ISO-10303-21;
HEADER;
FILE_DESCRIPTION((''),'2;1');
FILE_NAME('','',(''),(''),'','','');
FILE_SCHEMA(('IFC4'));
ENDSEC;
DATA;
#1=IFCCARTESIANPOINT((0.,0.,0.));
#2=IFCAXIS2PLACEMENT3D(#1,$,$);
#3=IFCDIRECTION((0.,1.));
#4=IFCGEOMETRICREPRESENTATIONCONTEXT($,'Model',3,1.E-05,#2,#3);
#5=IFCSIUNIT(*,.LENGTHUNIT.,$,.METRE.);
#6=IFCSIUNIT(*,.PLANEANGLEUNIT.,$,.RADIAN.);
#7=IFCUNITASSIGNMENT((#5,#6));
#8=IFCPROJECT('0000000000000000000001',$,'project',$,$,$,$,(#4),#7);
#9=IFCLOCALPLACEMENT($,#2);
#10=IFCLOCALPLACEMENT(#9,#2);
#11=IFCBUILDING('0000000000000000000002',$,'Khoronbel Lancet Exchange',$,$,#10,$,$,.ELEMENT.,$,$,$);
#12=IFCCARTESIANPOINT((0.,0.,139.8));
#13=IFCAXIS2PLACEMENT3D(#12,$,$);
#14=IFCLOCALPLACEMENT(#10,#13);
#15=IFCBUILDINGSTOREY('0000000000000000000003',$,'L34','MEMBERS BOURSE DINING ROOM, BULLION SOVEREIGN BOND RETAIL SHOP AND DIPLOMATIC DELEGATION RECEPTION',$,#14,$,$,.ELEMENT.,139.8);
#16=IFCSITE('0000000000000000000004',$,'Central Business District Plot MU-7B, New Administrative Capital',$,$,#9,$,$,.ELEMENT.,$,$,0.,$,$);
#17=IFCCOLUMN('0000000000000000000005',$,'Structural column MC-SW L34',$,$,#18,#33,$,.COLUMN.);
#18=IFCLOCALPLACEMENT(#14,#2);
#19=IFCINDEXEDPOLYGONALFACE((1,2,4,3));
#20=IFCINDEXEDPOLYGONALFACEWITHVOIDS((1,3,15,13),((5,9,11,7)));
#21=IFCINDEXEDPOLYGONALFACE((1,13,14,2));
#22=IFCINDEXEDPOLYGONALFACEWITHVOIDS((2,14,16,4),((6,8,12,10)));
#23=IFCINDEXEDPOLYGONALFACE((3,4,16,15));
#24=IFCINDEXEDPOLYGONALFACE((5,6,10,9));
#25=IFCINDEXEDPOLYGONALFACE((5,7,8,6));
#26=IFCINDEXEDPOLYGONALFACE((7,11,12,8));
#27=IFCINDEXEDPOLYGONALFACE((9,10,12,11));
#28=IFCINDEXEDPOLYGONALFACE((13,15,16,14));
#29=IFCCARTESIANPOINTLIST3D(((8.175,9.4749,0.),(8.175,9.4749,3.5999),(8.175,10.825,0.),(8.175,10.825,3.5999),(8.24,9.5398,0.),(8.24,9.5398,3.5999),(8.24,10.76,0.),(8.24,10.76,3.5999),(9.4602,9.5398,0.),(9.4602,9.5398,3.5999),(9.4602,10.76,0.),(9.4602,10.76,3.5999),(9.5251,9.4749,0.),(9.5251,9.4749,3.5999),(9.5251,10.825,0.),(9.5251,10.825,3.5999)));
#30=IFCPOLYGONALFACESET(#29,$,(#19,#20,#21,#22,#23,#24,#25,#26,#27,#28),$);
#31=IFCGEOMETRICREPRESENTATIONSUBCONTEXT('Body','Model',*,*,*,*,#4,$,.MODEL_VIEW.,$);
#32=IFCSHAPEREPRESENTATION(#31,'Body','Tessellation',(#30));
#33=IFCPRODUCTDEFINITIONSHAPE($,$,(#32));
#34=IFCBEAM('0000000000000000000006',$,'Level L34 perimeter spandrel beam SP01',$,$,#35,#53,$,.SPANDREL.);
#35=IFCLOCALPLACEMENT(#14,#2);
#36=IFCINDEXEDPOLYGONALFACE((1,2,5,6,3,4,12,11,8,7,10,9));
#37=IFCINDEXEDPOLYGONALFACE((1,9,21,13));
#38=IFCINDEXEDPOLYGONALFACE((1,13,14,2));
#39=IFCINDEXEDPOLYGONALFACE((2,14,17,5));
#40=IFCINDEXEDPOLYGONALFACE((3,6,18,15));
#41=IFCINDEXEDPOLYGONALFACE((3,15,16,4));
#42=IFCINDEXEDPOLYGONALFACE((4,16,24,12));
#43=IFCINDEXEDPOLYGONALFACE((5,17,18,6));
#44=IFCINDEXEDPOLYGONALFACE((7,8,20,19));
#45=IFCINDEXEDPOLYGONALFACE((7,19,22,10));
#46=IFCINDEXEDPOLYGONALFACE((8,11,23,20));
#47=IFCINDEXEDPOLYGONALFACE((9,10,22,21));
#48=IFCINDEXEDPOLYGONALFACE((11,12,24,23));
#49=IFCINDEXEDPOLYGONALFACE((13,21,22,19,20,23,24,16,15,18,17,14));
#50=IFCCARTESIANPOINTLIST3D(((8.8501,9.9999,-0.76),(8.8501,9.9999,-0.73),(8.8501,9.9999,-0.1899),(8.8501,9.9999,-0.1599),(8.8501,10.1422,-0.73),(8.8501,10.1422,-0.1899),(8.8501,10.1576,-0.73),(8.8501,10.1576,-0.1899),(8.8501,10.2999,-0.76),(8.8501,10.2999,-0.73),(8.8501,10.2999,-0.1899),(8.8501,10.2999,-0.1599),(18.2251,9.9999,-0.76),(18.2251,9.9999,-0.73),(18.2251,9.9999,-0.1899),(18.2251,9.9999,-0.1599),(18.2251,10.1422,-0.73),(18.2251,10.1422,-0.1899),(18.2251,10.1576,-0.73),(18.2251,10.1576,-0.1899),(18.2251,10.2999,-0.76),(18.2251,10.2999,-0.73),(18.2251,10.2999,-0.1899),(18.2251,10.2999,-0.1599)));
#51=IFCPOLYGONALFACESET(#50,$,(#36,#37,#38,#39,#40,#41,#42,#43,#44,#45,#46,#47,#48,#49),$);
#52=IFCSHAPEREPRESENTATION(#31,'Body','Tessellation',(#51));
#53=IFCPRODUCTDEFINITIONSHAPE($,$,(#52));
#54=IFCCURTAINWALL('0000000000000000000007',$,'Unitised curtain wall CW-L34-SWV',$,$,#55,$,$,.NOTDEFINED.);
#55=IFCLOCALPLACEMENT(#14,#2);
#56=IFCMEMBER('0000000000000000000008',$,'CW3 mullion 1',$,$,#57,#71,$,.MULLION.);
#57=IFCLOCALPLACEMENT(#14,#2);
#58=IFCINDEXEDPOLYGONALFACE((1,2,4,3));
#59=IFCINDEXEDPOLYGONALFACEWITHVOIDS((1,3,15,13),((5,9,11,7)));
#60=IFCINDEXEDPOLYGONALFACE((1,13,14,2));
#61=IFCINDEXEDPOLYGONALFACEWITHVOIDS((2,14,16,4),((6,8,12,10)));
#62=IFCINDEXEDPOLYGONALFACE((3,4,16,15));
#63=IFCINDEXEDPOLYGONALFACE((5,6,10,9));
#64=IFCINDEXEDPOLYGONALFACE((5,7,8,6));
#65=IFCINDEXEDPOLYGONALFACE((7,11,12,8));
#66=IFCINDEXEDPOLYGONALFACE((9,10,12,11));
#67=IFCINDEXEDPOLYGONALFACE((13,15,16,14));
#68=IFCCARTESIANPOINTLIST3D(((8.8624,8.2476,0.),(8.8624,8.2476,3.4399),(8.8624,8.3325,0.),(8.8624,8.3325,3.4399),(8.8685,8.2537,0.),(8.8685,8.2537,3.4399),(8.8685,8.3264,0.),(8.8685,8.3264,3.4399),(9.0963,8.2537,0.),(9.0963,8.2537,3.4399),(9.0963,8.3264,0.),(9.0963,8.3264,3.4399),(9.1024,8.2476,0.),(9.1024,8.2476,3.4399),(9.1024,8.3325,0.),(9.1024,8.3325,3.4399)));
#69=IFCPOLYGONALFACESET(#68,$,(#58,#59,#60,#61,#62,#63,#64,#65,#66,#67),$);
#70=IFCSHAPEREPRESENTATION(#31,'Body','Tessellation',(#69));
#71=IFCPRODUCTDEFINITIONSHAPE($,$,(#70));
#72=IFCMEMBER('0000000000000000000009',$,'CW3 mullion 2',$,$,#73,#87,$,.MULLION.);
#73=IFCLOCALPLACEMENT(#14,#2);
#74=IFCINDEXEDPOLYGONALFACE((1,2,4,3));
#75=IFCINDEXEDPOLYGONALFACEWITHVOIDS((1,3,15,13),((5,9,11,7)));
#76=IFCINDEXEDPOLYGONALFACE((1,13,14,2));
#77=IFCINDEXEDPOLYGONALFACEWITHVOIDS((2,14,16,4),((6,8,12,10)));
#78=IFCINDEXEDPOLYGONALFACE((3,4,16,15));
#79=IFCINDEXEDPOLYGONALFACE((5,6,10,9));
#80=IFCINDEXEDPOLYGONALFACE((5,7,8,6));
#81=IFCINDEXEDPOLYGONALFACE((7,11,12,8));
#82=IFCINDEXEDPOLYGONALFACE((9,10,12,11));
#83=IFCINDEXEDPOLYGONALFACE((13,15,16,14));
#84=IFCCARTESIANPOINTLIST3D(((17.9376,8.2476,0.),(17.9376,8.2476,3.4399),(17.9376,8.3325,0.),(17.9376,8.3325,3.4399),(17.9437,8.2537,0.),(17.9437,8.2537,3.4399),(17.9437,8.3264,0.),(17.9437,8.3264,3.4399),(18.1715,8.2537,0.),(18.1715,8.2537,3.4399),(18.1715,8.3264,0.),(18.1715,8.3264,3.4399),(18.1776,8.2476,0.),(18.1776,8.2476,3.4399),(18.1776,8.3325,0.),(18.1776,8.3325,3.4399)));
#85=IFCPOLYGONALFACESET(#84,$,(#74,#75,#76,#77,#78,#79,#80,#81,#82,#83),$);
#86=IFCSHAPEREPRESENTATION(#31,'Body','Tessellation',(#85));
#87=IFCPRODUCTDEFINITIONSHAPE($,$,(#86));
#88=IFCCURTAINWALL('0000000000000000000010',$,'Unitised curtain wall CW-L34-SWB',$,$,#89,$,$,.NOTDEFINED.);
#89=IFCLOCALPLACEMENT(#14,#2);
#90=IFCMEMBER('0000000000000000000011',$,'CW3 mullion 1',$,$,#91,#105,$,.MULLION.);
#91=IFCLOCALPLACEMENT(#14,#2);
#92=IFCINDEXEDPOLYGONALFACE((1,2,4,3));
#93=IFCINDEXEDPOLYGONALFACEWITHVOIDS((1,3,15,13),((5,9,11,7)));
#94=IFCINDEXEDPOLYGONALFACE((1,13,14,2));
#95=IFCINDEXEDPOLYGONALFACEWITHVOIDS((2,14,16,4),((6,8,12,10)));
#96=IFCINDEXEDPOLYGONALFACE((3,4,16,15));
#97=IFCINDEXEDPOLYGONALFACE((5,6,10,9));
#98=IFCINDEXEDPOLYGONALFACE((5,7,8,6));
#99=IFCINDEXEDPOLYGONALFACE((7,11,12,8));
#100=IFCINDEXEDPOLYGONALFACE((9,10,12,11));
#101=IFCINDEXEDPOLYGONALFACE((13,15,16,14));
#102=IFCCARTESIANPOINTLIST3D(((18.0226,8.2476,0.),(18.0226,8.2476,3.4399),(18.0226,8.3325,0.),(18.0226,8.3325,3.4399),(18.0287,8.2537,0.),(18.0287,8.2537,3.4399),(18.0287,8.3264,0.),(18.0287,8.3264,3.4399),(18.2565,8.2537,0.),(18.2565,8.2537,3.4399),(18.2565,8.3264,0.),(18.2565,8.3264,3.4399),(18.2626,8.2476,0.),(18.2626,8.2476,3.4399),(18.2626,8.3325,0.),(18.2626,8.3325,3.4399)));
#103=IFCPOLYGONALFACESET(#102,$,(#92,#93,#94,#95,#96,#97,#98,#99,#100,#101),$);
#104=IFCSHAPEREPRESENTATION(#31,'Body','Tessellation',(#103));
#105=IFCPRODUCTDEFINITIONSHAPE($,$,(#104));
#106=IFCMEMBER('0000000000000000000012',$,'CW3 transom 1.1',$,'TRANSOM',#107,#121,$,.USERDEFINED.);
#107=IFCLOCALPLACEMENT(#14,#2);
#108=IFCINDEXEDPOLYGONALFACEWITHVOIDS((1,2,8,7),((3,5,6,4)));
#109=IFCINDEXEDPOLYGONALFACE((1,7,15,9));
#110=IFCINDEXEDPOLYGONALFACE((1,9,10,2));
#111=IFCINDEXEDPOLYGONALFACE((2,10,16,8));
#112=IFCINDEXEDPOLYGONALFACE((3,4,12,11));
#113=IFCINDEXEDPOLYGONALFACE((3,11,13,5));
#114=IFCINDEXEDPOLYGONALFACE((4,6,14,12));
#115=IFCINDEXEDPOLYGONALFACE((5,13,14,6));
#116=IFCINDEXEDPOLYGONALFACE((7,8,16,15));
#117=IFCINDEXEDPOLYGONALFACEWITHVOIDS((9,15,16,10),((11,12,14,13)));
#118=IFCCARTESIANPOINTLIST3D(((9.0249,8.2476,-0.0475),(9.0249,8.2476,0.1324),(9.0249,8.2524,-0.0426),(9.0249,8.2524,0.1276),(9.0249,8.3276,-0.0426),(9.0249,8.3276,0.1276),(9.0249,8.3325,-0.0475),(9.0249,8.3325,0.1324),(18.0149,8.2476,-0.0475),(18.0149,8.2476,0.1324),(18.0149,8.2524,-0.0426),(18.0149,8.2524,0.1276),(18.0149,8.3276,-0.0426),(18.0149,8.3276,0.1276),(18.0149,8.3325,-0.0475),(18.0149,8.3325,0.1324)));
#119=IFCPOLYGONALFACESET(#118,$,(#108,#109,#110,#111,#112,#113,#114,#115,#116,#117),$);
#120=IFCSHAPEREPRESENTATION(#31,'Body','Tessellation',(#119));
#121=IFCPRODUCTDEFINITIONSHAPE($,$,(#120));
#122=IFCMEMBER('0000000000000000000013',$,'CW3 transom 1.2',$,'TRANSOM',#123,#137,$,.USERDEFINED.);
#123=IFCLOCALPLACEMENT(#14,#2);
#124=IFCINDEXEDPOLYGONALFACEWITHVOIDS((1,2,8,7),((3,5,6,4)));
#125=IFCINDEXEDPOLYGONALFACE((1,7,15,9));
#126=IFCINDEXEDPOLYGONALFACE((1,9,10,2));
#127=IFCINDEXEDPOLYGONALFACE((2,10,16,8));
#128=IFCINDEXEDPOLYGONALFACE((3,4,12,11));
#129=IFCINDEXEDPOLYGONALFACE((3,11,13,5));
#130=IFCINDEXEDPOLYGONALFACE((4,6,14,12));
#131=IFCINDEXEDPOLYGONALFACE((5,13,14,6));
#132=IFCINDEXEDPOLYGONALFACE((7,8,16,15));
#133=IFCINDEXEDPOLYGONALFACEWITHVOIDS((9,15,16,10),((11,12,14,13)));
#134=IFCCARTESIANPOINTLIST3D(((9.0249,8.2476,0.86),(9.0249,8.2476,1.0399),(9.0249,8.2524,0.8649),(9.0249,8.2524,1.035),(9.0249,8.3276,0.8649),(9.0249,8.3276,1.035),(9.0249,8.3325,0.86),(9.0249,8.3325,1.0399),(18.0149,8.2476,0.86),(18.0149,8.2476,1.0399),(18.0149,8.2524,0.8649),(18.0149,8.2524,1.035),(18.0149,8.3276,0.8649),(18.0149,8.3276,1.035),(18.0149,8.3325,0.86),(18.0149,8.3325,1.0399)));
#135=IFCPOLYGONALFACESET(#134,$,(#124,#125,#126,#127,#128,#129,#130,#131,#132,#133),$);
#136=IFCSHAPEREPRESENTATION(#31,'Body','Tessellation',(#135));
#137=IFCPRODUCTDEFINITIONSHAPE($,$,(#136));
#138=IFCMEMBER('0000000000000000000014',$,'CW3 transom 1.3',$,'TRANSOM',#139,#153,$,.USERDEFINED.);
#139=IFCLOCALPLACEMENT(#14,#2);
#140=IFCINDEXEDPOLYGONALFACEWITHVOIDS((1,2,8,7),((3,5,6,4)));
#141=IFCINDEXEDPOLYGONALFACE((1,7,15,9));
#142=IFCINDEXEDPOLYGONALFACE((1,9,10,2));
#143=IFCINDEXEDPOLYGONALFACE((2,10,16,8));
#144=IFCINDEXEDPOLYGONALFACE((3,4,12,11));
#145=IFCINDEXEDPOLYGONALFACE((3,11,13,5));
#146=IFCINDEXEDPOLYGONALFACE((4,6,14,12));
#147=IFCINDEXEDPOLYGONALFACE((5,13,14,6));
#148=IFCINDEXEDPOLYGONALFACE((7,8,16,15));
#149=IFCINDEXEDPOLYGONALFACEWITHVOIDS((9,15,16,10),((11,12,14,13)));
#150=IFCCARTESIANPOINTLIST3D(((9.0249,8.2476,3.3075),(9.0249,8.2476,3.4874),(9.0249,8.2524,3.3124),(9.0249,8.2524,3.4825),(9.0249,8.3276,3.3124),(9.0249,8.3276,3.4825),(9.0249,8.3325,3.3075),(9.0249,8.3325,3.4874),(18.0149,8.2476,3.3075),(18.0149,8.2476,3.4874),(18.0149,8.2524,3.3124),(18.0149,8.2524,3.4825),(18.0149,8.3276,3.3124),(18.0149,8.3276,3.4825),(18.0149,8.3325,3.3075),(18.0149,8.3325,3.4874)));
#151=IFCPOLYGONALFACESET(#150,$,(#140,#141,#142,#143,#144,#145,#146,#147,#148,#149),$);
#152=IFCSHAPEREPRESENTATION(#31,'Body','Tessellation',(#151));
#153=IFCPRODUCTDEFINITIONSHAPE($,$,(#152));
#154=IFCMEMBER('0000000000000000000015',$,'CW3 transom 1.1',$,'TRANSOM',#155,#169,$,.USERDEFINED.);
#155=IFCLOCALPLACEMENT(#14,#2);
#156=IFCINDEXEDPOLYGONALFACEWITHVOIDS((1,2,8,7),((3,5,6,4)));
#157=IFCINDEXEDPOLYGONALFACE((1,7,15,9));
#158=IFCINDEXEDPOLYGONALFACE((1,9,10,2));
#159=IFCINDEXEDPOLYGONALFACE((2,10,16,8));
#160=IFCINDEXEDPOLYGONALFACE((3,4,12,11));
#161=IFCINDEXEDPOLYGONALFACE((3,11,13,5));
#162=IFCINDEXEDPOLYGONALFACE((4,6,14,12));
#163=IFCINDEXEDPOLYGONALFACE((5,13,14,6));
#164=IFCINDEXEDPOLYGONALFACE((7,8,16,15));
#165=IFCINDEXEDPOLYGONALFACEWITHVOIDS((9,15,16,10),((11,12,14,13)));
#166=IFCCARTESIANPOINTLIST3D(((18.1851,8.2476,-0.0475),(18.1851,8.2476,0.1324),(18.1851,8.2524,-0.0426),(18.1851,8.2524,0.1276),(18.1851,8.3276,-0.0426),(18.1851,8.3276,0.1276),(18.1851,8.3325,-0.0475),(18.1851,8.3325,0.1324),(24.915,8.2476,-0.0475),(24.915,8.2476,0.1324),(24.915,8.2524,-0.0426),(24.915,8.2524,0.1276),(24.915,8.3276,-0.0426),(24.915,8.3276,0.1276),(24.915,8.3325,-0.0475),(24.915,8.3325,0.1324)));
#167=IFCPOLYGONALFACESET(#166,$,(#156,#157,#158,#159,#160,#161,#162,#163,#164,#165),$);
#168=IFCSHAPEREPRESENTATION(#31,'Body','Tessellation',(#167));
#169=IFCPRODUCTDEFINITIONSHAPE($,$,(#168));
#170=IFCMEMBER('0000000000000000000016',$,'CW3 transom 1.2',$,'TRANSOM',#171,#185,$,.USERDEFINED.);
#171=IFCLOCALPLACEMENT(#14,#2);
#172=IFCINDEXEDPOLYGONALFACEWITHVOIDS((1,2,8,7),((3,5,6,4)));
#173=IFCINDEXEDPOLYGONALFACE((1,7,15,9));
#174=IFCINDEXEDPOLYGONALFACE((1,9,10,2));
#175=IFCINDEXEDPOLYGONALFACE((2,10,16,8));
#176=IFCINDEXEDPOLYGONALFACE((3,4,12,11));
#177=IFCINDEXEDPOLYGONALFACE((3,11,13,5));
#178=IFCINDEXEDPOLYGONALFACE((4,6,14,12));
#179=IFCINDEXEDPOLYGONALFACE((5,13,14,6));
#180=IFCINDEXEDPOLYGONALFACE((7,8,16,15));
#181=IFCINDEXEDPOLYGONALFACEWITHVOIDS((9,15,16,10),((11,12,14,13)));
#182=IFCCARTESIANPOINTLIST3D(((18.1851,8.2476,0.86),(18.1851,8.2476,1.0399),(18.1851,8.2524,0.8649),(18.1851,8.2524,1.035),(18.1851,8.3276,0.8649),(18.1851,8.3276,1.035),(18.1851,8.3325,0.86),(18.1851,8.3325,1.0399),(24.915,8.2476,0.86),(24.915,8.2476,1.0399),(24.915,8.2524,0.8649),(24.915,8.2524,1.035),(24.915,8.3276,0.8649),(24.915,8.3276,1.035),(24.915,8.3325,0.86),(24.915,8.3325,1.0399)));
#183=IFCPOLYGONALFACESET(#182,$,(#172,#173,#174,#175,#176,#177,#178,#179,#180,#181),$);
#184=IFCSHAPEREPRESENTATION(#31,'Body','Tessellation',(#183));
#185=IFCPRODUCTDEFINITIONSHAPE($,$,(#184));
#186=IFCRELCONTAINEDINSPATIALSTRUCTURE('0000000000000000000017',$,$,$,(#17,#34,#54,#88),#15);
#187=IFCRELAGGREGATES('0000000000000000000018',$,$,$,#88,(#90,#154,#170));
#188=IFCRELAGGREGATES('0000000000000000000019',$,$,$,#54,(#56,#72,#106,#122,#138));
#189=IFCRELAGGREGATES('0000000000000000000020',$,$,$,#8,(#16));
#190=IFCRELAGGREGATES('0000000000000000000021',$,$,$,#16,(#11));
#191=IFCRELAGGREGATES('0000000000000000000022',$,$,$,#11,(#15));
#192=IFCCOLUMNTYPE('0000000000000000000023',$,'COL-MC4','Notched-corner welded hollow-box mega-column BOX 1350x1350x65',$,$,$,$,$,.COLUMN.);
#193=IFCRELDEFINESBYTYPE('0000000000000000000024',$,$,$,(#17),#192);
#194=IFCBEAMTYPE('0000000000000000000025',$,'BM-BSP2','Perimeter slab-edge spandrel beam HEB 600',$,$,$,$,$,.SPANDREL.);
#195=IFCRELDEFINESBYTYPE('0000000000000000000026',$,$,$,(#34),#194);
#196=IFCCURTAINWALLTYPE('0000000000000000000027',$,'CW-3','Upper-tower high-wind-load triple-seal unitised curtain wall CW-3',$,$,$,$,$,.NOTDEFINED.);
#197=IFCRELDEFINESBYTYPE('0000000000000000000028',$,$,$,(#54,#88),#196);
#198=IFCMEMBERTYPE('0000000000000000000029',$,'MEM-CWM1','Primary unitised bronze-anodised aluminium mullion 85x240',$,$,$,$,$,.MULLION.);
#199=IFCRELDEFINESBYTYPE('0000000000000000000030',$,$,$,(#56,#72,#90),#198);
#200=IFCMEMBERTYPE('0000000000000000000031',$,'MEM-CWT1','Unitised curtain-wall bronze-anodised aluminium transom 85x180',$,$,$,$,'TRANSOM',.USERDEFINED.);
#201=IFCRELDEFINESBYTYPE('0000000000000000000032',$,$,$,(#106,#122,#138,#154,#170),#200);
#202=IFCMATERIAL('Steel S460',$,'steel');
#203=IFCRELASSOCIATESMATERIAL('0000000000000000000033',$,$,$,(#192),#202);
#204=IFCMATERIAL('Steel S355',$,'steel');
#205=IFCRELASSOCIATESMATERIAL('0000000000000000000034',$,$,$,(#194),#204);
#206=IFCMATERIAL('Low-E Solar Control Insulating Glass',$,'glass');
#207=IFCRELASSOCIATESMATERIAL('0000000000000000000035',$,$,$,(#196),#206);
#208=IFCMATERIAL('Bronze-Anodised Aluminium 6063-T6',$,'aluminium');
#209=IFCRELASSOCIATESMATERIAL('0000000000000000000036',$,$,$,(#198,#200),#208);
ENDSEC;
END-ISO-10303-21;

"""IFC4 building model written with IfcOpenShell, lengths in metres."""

from ifc_helpers import new_model, si_unit, direction, frame, origin, origin_2d, place, context, subcontext, project, spatial, hollow_rectangle, i_section, extrude, material, material_profile, profile_set, type_object, element, aggregate, save


model = new_model("IFC4")

# Units and contexts
model_context = context("Model", 3, precision=1e-05, world=origin(), true_north=direction((0.0, 1.0)))
body_context = subcontext(model_context, "Body", "Model", "MODEL_VIEW")
ifc_project = project(units=[si_unit("LENGTHUNIT", "METRE"), si_unit("PLANEANGLEUNIT", "RADIAN")], contexts=[model_context])

# Site, building, storey
site_placement = place(None, origin())
site = spatial("IfcSite", under=ifc_project, at=site_placement, Name="Central Business District Plot MU-7B, New Administrative Capital", CompositionType="ELEMENT", RefElevation=0.0)
building_placement = place(site_placement, origin())
building = spatial("IfcBuilding", under=site, at=building_placement, Name="Khoronbel Lancet Exchange", CompositionType="ELEMENT")
storey_placement = place(building_placement, frame((0.0, 0.0, 139.8)))
storey = spatial("IfcBuildingStorey", under=building, at=storey_placement, Name="L34", Description="MEMBERS BOURSE DINING ROOM, BULLION SOVEREIGN BOND RETAIL SHOP AND DIPLOMATIC DELEGATION RECEPTION", CompositionType="ELEMENT", Elevation=139.8)

# Column
ifc_material_1 = material(Name="Steel S460", Category="steel")
ifc_material_profile_1 = material_profile(ifc_material_1, hollow_rectangle(XDim=1.3501, YDim=1.3501, WallThickness=0.0649, at=origin_2d()), Name="BOX 1350x1350x65")
ifc_profile_set_1 = profile_set([ifc_material_profile_1], Name="Steel S460")
column_type = type_object("IfcColumnType", Name="COL-MC4", Description="Notched-corner welded hollow-box mega-column BOX 1350x1350x65", PredefinedType="COLUMN", material=ifc_profile_set_1)
column_placement = place(storey_placement, frame((8.8501, 10.1499, 0.0), z_axis=(0.0, 0.0, 1.0), x_axis=(1.0, 0.0, 0.0)))
element("IfcColumn", 1, at=column_placement, inside=storey, type_object=column_type, Name="Structural column MC-SW L34", PredefinedType="COLUMN", context=body_context, shape_type="SweptSolid", body=[
    extrude(hollow_rectangle(XDim=1.3501, YDim=1.3501, WallThickness=0.0649, at=origin_2d()), origin(), (0.0, 0.0, 1.0), 3.5999),
])

# Beam
ifc_material_2 = material(Name="Steel S355", Category="steel")
ifc_material_profile_2 = material_profile(ifc_material_2, i_section(OverallWidth=0.3, OverallDepth=0.6001, WebThickness=0.0154, FlangeThickness=0.03, at=origin_2d()), Name="HEB 600")
ifc_profile_set_2 = profile_set([ifc_material_profile_2], Name="Steel S355")
beam_type = type_object("IfcBeamType", Name="BM-BSP2", Description="Perimeter slab-edge spandrel beam HEB 600", PredefinedType="SPANDREL", material=ifc_profile_set_2)
beam_placement = place(storey_placement, frame((8.8501, 10.1499, -0.46), z_axis=(1.0, 0.0, 0.0), x_axis=(0.0, 1.0, 0.0)))
element("IfcBeam", 2, at=beam_placement, inside=storey, type_object=beam_type, Name="Level L34 perimeter spandrel beam SP01", PredefinedType="SPANDREL", context=body_context, shape_type="SweptSolid", body=[
    extrude(i_section(OverallWidth=0.3, OverallDepth=0.6001, WebThickness=0.0154, FlangeThickness=0.03, at=origin_2d()), origin(), (0.0, 0.0, 1.0), 9.375),
])

# Curtain wall, members
ifc_material_3 = material(Name="Low-E Solar Control Insulating Glass", Category="glass")
curtain_wall_type = type_object("IfcCurtainWallType", Name="CW-3", Description="Upper-tower high-wind-load triple-seal unitised curtain wall CW-3", PredefinedType="NOTDEFINED", material=ifc_material_3)
curtain_wall_1_placement = place(storey_placement, origin())
curtain_wall_1 = element("IfcCurtainWall", 3, at=curtain_wall_1_placement, inside=storey, type_object=curtain_wall_type, Name="Unitised curtain wall CW-L34-SWV", PredefinedType="NOTDEFINED")
ifc_material_4 = material(Name="Bronze-Anodised Aluminium 6063-T6", Category="aluminium")
ifc_material_profile_3 = material_profile(ifc_material_4, hollow_rectangle(XDim=0.085, YDim=0.24, WallThickness=0.0061, at=origin_2d()), Name="ALU MULLION 85x240")
ifc_profile_set_3 = profile_set([ifc_material_profile_3], Name="Bronze-Anodised Aluminium 6063-T6")
member_type_1 = type_object("IfcMemberType", Name="MEM-CWM1", Description="Primary unitised bronze-anodised aluminium mullion 85x240", PredefinedType="MULLION", material=ifc_profile_set_3)
member_1_placement = place(storey_placement, frame((8.9824, 8.29, 0.0), z_axis=(0.0, 0.0, 1.0), x_axis=(0.0, 1.0, 0.0)))
member_1 = element("IfcMember", 4, at=member_1_placement, type_object=member_type_1, Name="CW3 mullion 1", PredefinedType="MULLION", context=body_context, shape_type="SweptSolid", body=[
    extrude(hollow_rectangle(XDim=0.085, YDim=0.24, WallThickness=0.0061, at=origin_2d()), origin(), (0.0, 0.0, 1.0), 3.4399),
])
member_2_placement = place(storey_placement, frame((18.0576, 8.29, 0.0), z_axis=(0.0, 0.0, 1.0), x_axis=(0.0, 1.0, 0.0)))
member_2 = element("IfcMember", 5, at=member_2_placement, type_object=member_type_1, Name="CW3 mullion 2", PredefinedType="MULLION", context=body_context, shape_type="SweptSolid", body=[
    extrude(hollow_rectangle(XDim=0.085, YDim=0.24, WallThickness=0.0061, at=origin_2d()), origin(), (0.0, 0.0, 1.0), 3.4399),
])

# Curtain wall, member
curtain_wall_2_placement = place(storey_placement, origin())
curtain_wall_2 = element("IfcCurtainWall", 6, at=curtain_wall_2_placement, inside=storey, type_object=curtain_wall_type, Name="Unitised curtain wall CW-L34-SWB", PredefinedType="NOTDEFINED")
member_3_placement = place(storey_placement, frame((18.1426, 8.29, 0.0), z_axis=(0.0, 0.0, 1.0), x_axis=(0.0, 1.0, 0.0)))
member_3 = element("IfcMember", 7, at=member_3_placement, type_object=member_type_1, Name="CW3 mullion 1", PredefinedType="MULLION", context=body_context, shape_type="SweptSolid", body=[
    extrude(hollow_rectangle(XDim=0.085, YDim=0.24, WallThickness=0.0061, at=origin_2d()), origin(), (0.0, 0.0, 1.0), 3.4399),
])

# Members
ifc_material_profile_4 = material_profile(ifc_material_4, hollow_rectangle(XDim=0.085, YDim=0.1799, WallThickness=0.0049, at=origin_2d()), Name="ALU TRANSOM 85x180")
ifc_profile_set_4 = profile_set([ifc_material_profile_4], Name="Bronze-Anodised Aluminium 6063-T6")
member_type_2 = type_object("IfcMemberType", Name="MEM-CWT1", Description="Unitised curtain-wall bronze-anodised aluminium transom 85x180", ElementType="TRANSOM", PredefinedType="USERDEFINED", material=ifc_profile_set_4)
member_4_placement = place(storey_placement, frame((9.0249, 8.29, 0.0425), z_axis=(1.0, 0.0, 0.0), x_axis=(0.0, 1.0, 0.0)))
member_4 = element("IfcMember", 8, at=member_4_placement, type_object=member_type_2, Name="CW3 transom 1.1", ObjectType="TRANSOM", PredefinedType="USERDEFINED", context=body_context, shape_type="SweptSolid", body=[
    extrude(hollow_rectangle(XDim=0.085, YDim=0.1799, WallThickness=0.0049, at=origin_2d()), origin(), (0.0, 0.0, 1.0), 8.99),
])
member_5_placement = place(storey_placement, frame((9.0249, 8.29, 0.95), z_axis=(1.0, 0.0, 0.0), x_axis=(0.0, 1.0, 0.0)))
member_5 = element("IfcMember", 9, at=member_5_placement, type_object=member_type_2, Name="CW3 transom 1.2", ObjectType="TRANSOM", PredefinedType="USERDEFINED", context=body_context, shape_type="SweptSolid", body=[
    extrude(hollow_rectangle(XDim=0.085, YDim=0.1799, WallThickness=0.0049, at=origin_2d()), origin(), (0.0, 0.0, 1.0), 8.99),
])
member_6_placement = place(storey_placement, frame((9.0249, 8.29, 3.3975), z_axis=(1.0, 0.0, 0.0), x_axis=(0.0, 1.0, 0.0)))
member_6 = element("IfcMember", 10, at=member_6_placement, type_object=member_type_2, Name="CW3 transom 1.3", ObjectType="TRANSOM", PredefinedType="USERDEFINED", context=body_context, shape_type="SweptSolid", body=[
    extrude(hollow_rectangle(XDim=0.085, YDim=0.1799, WallThickness=0.0049, at=origin_2d()), origin(), (0.0, 0.0, 1.0), 8.99),
])
member_7_placement = place(storey_placement, frame((18.1851, 8.29, 0.0425), z_axis=(1.0, 0.0, 0.0), x_axis=(0.0, 1.0, 0.0)))
member_7 = element("IfcMember", 11, at=member_7_placement, type_object=member_type_2, Name="CW3 transom 1.1", ObjectType="TRANSOM", PredefinedType="USERDEFINED", context=body_context, shape_type="SweptSolid", body=[
    extrude(hollow_rectangle(XDim=0.085, YDim=0.1799, WallThickness=0.0049, at=origin_2d()), origin(), (0.0, 0.0, 1.0), 6.73),
])
member_8_placement = place(storey_placement, frame((18.1851, 8.29, 0.95), z_axis=(1.0, 0.0, 0.0), x_axis=(0.0, 1.0, 0.0)))
member_8 = element("IfcMember", 12, at=member_8_placement, type_object=member_type_2, Name="CW3 transom 1.2", ObjectType="TRANSOM", PredefinedType="USERDEFINED", context=body_context, shape_type="SweptSolid", body=[
    extrude(hollow_rectangle(XDim=0.085, YDim=0.1799, WallThickness=0.0049, at=origin_2d()), origin(), (0.0, 0.0, 1.0), 6.73),
])
aggregate(curtain_wall_2, [member_3, member_7, member_8])

aggregate(curtain_wall_1, [member_1, member_2, member_4, member_5, member_6])

save(model, "model.ifc")
